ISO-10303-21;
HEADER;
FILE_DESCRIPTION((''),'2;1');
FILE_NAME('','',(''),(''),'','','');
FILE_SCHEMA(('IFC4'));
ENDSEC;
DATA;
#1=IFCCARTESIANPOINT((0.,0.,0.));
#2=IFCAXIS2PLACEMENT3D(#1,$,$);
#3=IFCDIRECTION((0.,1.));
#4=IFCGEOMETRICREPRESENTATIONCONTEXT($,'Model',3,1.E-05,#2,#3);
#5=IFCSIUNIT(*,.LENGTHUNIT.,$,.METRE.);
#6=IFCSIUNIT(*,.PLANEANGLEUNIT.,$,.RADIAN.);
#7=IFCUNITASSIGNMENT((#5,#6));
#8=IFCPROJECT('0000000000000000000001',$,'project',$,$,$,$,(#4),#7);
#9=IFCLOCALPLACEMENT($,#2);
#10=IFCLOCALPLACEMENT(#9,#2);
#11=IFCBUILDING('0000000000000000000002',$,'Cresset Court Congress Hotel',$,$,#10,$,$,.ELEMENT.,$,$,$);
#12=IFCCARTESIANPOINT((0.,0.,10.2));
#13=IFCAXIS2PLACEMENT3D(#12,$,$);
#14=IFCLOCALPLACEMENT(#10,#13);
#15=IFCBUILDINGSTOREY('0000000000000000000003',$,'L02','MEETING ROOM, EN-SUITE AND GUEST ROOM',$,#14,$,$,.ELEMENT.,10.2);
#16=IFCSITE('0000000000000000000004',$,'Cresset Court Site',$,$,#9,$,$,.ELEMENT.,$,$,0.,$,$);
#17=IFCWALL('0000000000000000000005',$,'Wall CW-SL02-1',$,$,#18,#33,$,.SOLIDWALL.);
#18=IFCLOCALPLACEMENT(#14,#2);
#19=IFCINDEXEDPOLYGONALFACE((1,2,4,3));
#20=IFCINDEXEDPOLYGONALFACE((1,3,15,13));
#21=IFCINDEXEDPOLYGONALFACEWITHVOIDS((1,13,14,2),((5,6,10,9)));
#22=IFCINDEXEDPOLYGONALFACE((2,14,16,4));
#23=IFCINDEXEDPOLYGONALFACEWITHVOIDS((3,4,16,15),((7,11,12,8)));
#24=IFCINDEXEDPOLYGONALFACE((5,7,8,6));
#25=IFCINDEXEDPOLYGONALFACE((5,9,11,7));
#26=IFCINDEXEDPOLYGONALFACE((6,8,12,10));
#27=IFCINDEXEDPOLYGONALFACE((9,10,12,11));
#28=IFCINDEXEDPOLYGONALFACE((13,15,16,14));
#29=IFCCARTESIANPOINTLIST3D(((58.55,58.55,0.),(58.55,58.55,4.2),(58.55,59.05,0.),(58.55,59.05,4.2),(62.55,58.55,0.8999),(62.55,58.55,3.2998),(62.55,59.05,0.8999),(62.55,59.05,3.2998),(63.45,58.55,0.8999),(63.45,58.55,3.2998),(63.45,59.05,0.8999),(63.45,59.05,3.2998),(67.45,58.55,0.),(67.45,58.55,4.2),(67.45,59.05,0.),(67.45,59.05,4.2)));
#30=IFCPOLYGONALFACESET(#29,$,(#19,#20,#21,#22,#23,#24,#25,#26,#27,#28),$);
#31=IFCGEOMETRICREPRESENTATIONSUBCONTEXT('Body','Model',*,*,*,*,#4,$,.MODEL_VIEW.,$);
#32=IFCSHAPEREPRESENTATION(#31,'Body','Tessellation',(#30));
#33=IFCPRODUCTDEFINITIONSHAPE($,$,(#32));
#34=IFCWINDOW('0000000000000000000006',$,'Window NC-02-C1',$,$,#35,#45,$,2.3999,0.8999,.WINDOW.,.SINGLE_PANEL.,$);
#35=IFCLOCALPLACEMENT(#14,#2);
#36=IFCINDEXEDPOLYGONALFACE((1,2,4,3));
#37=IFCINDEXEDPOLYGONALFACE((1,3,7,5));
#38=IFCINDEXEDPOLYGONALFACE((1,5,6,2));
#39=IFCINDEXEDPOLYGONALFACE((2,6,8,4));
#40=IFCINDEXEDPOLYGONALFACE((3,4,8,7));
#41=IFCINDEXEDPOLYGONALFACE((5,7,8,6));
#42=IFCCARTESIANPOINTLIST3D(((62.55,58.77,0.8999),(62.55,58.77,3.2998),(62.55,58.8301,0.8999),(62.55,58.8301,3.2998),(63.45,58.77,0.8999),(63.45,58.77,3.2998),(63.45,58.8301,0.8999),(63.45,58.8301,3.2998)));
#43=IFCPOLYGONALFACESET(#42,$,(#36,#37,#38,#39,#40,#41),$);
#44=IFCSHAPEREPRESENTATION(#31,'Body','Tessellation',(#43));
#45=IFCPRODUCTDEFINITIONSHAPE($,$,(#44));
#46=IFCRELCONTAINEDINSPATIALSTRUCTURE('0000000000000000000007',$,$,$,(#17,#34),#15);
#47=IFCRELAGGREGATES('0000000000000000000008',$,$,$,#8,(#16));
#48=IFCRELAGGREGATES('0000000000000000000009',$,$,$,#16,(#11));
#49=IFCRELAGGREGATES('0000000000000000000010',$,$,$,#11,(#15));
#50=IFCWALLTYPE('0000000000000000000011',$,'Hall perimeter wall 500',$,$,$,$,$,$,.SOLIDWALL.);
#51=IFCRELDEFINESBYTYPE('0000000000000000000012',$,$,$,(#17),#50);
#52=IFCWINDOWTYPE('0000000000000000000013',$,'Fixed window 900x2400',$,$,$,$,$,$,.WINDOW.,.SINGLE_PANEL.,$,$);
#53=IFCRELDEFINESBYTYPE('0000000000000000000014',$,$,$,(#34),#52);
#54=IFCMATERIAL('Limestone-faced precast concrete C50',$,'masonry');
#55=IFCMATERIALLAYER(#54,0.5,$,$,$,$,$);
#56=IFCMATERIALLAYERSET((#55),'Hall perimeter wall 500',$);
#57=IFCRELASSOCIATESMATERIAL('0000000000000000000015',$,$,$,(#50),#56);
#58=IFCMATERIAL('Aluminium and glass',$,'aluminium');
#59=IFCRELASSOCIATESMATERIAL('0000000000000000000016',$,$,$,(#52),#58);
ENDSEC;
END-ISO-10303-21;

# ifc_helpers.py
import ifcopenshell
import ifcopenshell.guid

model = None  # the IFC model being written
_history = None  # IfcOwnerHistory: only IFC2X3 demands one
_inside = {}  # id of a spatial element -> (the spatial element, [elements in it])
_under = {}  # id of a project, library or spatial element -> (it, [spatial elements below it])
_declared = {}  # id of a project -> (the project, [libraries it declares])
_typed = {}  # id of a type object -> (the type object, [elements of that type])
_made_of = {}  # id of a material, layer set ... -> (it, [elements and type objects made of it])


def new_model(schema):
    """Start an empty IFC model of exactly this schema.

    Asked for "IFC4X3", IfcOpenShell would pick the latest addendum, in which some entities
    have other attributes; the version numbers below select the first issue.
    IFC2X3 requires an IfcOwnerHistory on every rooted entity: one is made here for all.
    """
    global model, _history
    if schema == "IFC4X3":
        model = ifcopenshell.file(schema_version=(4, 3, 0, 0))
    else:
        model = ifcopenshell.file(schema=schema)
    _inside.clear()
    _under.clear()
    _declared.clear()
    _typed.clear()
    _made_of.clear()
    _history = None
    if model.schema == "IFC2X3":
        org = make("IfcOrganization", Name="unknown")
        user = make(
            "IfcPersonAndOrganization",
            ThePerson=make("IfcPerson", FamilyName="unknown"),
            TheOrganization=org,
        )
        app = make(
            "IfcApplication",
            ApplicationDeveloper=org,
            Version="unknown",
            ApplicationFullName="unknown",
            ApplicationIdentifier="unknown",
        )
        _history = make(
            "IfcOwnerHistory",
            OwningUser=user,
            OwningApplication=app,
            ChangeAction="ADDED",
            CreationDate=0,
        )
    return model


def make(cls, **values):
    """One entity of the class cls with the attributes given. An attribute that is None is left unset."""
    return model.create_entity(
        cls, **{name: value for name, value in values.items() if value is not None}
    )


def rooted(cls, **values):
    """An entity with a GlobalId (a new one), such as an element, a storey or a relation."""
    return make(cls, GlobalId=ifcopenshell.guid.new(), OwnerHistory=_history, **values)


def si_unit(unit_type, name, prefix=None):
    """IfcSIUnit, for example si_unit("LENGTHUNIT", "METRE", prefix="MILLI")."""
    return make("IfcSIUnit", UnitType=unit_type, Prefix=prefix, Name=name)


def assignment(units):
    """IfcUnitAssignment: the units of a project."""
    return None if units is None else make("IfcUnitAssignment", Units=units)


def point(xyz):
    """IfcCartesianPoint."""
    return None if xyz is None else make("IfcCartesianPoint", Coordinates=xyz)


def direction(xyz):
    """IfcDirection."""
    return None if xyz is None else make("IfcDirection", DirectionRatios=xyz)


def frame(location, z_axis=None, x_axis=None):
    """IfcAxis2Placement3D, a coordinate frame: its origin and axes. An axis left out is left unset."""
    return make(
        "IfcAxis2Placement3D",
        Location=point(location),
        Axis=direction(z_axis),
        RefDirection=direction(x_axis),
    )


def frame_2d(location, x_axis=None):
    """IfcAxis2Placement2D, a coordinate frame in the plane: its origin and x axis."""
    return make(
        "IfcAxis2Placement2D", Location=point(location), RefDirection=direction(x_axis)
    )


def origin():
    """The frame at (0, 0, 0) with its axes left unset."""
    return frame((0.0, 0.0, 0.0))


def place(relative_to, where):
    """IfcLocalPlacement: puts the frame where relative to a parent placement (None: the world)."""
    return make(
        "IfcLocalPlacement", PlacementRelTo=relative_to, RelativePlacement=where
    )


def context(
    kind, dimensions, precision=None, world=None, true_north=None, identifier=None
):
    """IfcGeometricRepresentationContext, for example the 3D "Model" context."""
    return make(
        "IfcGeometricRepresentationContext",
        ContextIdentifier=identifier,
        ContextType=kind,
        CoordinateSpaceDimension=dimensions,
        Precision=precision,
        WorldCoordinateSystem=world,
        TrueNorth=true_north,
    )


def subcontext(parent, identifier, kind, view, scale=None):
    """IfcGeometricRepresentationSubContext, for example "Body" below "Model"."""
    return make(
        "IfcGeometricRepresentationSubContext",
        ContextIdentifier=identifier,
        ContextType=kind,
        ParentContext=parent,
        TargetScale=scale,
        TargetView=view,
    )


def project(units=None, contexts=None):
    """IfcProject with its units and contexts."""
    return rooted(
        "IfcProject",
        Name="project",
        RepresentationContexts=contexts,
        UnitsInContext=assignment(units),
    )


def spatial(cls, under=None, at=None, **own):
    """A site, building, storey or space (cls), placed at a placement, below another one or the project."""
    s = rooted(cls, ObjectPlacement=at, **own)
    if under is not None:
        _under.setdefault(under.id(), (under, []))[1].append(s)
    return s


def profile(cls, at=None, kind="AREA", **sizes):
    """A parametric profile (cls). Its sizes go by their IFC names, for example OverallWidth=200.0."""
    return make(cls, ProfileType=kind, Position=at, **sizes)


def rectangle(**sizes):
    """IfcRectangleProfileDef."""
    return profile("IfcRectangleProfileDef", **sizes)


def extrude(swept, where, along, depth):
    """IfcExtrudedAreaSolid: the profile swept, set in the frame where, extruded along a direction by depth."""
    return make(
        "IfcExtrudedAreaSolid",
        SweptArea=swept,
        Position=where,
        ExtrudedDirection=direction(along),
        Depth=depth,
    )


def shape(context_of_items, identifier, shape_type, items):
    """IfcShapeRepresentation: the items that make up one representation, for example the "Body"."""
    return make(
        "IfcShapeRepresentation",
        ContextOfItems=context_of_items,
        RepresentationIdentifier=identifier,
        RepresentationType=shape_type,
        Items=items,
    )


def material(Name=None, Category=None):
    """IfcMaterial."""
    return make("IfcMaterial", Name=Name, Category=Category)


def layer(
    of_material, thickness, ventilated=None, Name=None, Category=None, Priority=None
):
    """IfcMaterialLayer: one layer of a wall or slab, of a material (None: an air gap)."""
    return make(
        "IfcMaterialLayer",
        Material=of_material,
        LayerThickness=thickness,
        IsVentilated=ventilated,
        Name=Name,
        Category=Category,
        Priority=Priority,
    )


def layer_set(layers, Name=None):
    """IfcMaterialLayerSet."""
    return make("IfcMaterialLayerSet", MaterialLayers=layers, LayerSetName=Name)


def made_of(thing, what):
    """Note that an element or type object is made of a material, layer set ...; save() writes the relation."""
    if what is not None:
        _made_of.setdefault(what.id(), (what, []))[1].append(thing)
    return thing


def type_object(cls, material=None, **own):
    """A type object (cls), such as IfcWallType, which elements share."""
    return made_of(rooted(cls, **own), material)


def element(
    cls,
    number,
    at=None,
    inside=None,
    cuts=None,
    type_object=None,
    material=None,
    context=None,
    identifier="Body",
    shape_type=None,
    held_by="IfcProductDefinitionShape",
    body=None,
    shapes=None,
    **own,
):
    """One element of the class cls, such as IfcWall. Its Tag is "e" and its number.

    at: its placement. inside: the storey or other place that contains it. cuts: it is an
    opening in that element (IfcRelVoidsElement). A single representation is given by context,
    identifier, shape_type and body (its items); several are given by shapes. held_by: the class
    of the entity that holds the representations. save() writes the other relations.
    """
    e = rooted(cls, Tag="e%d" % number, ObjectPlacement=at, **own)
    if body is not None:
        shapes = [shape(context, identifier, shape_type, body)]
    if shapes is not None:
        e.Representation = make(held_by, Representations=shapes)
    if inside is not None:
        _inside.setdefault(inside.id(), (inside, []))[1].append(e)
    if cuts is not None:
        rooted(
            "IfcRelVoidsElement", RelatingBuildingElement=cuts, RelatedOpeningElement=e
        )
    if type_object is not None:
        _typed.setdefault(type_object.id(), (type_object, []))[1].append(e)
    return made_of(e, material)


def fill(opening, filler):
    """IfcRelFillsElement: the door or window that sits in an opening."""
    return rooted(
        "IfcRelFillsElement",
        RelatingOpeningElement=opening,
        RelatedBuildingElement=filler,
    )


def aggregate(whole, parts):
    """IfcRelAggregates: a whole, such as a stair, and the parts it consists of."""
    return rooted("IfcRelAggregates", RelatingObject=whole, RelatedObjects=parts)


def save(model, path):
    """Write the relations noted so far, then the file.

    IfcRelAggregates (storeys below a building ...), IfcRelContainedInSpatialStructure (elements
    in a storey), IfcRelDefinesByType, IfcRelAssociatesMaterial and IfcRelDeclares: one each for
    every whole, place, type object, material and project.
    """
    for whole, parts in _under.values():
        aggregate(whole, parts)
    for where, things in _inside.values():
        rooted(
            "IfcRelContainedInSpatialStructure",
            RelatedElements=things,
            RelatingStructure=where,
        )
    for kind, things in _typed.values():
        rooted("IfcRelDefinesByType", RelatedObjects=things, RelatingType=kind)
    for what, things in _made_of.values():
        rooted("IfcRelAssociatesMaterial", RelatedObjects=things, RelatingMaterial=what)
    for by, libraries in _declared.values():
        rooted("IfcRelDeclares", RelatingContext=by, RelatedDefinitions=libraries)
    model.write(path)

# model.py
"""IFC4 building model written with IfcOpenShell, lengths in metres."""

from ifc_helpers import new_model, si_unit, direction, frame, frame_2d, origin, place, context, subcontext, project, spatial, rectangle, extrude, material, layer, layer_set, type_object, element, fill, save


model = new_model("IFC4")

# Units and contexts
model_context = context("Model", 3, precision=1e-05, world=origin(), true_north=direction((0.0, 1.0)))
body_context = subcontext(model_context, "Body", "Model", "MODEL_VIEW")
ifc_project = project(units=[si_unit("LENGTHUNIT", "METRE"), si_unit("PLANEANGLEUNIT", "RADIAN")], contexts=[model_context])

# Site, building, storey
site_placement = place(None, origin())
site = spatial("IfcSite", under=ifc_project, at=site_placement, Name="Cresset Court Site", CompositionType="ELEMENT", RefElevation=0.0)
building_placement = place(site_placement, origin())
building = spatial("IfcBuilding", under=site, at=building_placement, Name="Cresset Court Congress Hotel", CompositionType="ELEMENT")
storey_placement = place(building_placement, frame((0.0, 0.0, 10.2)))
storey = spatial("IfcBuildingStorey", under=building, at=storey_placement, Name="L02", Description="MEETING ROOM, EN-SUITE AND GUEST ROOM", CompositionType="ELEMENT", Elevation=10.2)

# Wall, opening, window
ifc_material_1 = material(Name="Limestone-faced precast concrete C50", Category="masonry")
ifc_layer_1 = layer(ifc_material_1, 0.5)
ifc_layer_set_1 = layer_set([ifc_layer_1], Name="Hall perimeter wall 500")
wall_type_1 = type_object("IfcWallType", Name="Hall perimeter wall 500", PredefinedType="SOLIDWALL", material=ifc_layer_set_1)
wall_1_placement = place(storey_placement, frame((67.45, 58.8, 0.0), z_axis=(0.0, 0.0, 1.0), x_axis=(-1.0, 0.0, 0.0)))
wall_1 = element("IfcWall", 1, at=wall_1_placement, inside=storey, type_object=wall_type_1, Name="Wall CW-SL02-1", PredefinedType="SOLIDWALL", context=body_context, shape_type="SweptSolid", body=[
    extrude(rectangle(XDim=8.8999, YDim=0.5, at=frame_2d((4.45, 0.0))), origin(), (0.0, 0.0, 1.0), 4.2),
])
opening_placement = place(wall_1_placement, frame((4.0, 0.0, 0.8999)))
opening = element("IfcOpeningElement", 2, at=opening_placement, cuts=wall_1, PredefinedType="OPENING", context=body_context, shape_type="SweptSolid", body=[
    extrude(rectangle(XDim=0.8999, YDim=2.3999, at=frame_2d((0.45, 1.2))), frame((0.0, 0.26, 0.0), z_axis=(0.0, -1.0, 0.0), x_axis=(1.0, 0.0, 0.0)), (0.0, 0.0, 1.0), 0.52),
])
ifc_material_2 = material(Name="Aluminium and glass", Category="aluminium")
window_type = type_object("IfcWindowType", Name="Fixed window 900x2400", PartitioningType="SINGLE_PANEL", PredefinedType="WINDOW", material=ifc_material_2)
window_placement = place(opening_placement, origin())
window = element("IfcWindow", 3, at=window_placement, inside=storey, type_object=window_type, Name="Window NC-02-C1", OverallHeight=2.3999, OverallWidth=0.8999, PartitioningType="SINGLE_PANEL", PredefinedType="WINDOW", context=body_context, shape_type="SweptSolid", body=[
    extrude(rectangle(XDim=0.8999, YDim=2.3999, at=frame_2d((0.45, 1.2))), frame((0.0, 0.03, 0.0), z_axis=(0.0, -1.0, 0.0), x_axis=(1.0, 0.0, 0.0)), (0.0, 0.0, 1.0), 0.0601),
])
fill(opening, window)

save(model, "model.ifc")
